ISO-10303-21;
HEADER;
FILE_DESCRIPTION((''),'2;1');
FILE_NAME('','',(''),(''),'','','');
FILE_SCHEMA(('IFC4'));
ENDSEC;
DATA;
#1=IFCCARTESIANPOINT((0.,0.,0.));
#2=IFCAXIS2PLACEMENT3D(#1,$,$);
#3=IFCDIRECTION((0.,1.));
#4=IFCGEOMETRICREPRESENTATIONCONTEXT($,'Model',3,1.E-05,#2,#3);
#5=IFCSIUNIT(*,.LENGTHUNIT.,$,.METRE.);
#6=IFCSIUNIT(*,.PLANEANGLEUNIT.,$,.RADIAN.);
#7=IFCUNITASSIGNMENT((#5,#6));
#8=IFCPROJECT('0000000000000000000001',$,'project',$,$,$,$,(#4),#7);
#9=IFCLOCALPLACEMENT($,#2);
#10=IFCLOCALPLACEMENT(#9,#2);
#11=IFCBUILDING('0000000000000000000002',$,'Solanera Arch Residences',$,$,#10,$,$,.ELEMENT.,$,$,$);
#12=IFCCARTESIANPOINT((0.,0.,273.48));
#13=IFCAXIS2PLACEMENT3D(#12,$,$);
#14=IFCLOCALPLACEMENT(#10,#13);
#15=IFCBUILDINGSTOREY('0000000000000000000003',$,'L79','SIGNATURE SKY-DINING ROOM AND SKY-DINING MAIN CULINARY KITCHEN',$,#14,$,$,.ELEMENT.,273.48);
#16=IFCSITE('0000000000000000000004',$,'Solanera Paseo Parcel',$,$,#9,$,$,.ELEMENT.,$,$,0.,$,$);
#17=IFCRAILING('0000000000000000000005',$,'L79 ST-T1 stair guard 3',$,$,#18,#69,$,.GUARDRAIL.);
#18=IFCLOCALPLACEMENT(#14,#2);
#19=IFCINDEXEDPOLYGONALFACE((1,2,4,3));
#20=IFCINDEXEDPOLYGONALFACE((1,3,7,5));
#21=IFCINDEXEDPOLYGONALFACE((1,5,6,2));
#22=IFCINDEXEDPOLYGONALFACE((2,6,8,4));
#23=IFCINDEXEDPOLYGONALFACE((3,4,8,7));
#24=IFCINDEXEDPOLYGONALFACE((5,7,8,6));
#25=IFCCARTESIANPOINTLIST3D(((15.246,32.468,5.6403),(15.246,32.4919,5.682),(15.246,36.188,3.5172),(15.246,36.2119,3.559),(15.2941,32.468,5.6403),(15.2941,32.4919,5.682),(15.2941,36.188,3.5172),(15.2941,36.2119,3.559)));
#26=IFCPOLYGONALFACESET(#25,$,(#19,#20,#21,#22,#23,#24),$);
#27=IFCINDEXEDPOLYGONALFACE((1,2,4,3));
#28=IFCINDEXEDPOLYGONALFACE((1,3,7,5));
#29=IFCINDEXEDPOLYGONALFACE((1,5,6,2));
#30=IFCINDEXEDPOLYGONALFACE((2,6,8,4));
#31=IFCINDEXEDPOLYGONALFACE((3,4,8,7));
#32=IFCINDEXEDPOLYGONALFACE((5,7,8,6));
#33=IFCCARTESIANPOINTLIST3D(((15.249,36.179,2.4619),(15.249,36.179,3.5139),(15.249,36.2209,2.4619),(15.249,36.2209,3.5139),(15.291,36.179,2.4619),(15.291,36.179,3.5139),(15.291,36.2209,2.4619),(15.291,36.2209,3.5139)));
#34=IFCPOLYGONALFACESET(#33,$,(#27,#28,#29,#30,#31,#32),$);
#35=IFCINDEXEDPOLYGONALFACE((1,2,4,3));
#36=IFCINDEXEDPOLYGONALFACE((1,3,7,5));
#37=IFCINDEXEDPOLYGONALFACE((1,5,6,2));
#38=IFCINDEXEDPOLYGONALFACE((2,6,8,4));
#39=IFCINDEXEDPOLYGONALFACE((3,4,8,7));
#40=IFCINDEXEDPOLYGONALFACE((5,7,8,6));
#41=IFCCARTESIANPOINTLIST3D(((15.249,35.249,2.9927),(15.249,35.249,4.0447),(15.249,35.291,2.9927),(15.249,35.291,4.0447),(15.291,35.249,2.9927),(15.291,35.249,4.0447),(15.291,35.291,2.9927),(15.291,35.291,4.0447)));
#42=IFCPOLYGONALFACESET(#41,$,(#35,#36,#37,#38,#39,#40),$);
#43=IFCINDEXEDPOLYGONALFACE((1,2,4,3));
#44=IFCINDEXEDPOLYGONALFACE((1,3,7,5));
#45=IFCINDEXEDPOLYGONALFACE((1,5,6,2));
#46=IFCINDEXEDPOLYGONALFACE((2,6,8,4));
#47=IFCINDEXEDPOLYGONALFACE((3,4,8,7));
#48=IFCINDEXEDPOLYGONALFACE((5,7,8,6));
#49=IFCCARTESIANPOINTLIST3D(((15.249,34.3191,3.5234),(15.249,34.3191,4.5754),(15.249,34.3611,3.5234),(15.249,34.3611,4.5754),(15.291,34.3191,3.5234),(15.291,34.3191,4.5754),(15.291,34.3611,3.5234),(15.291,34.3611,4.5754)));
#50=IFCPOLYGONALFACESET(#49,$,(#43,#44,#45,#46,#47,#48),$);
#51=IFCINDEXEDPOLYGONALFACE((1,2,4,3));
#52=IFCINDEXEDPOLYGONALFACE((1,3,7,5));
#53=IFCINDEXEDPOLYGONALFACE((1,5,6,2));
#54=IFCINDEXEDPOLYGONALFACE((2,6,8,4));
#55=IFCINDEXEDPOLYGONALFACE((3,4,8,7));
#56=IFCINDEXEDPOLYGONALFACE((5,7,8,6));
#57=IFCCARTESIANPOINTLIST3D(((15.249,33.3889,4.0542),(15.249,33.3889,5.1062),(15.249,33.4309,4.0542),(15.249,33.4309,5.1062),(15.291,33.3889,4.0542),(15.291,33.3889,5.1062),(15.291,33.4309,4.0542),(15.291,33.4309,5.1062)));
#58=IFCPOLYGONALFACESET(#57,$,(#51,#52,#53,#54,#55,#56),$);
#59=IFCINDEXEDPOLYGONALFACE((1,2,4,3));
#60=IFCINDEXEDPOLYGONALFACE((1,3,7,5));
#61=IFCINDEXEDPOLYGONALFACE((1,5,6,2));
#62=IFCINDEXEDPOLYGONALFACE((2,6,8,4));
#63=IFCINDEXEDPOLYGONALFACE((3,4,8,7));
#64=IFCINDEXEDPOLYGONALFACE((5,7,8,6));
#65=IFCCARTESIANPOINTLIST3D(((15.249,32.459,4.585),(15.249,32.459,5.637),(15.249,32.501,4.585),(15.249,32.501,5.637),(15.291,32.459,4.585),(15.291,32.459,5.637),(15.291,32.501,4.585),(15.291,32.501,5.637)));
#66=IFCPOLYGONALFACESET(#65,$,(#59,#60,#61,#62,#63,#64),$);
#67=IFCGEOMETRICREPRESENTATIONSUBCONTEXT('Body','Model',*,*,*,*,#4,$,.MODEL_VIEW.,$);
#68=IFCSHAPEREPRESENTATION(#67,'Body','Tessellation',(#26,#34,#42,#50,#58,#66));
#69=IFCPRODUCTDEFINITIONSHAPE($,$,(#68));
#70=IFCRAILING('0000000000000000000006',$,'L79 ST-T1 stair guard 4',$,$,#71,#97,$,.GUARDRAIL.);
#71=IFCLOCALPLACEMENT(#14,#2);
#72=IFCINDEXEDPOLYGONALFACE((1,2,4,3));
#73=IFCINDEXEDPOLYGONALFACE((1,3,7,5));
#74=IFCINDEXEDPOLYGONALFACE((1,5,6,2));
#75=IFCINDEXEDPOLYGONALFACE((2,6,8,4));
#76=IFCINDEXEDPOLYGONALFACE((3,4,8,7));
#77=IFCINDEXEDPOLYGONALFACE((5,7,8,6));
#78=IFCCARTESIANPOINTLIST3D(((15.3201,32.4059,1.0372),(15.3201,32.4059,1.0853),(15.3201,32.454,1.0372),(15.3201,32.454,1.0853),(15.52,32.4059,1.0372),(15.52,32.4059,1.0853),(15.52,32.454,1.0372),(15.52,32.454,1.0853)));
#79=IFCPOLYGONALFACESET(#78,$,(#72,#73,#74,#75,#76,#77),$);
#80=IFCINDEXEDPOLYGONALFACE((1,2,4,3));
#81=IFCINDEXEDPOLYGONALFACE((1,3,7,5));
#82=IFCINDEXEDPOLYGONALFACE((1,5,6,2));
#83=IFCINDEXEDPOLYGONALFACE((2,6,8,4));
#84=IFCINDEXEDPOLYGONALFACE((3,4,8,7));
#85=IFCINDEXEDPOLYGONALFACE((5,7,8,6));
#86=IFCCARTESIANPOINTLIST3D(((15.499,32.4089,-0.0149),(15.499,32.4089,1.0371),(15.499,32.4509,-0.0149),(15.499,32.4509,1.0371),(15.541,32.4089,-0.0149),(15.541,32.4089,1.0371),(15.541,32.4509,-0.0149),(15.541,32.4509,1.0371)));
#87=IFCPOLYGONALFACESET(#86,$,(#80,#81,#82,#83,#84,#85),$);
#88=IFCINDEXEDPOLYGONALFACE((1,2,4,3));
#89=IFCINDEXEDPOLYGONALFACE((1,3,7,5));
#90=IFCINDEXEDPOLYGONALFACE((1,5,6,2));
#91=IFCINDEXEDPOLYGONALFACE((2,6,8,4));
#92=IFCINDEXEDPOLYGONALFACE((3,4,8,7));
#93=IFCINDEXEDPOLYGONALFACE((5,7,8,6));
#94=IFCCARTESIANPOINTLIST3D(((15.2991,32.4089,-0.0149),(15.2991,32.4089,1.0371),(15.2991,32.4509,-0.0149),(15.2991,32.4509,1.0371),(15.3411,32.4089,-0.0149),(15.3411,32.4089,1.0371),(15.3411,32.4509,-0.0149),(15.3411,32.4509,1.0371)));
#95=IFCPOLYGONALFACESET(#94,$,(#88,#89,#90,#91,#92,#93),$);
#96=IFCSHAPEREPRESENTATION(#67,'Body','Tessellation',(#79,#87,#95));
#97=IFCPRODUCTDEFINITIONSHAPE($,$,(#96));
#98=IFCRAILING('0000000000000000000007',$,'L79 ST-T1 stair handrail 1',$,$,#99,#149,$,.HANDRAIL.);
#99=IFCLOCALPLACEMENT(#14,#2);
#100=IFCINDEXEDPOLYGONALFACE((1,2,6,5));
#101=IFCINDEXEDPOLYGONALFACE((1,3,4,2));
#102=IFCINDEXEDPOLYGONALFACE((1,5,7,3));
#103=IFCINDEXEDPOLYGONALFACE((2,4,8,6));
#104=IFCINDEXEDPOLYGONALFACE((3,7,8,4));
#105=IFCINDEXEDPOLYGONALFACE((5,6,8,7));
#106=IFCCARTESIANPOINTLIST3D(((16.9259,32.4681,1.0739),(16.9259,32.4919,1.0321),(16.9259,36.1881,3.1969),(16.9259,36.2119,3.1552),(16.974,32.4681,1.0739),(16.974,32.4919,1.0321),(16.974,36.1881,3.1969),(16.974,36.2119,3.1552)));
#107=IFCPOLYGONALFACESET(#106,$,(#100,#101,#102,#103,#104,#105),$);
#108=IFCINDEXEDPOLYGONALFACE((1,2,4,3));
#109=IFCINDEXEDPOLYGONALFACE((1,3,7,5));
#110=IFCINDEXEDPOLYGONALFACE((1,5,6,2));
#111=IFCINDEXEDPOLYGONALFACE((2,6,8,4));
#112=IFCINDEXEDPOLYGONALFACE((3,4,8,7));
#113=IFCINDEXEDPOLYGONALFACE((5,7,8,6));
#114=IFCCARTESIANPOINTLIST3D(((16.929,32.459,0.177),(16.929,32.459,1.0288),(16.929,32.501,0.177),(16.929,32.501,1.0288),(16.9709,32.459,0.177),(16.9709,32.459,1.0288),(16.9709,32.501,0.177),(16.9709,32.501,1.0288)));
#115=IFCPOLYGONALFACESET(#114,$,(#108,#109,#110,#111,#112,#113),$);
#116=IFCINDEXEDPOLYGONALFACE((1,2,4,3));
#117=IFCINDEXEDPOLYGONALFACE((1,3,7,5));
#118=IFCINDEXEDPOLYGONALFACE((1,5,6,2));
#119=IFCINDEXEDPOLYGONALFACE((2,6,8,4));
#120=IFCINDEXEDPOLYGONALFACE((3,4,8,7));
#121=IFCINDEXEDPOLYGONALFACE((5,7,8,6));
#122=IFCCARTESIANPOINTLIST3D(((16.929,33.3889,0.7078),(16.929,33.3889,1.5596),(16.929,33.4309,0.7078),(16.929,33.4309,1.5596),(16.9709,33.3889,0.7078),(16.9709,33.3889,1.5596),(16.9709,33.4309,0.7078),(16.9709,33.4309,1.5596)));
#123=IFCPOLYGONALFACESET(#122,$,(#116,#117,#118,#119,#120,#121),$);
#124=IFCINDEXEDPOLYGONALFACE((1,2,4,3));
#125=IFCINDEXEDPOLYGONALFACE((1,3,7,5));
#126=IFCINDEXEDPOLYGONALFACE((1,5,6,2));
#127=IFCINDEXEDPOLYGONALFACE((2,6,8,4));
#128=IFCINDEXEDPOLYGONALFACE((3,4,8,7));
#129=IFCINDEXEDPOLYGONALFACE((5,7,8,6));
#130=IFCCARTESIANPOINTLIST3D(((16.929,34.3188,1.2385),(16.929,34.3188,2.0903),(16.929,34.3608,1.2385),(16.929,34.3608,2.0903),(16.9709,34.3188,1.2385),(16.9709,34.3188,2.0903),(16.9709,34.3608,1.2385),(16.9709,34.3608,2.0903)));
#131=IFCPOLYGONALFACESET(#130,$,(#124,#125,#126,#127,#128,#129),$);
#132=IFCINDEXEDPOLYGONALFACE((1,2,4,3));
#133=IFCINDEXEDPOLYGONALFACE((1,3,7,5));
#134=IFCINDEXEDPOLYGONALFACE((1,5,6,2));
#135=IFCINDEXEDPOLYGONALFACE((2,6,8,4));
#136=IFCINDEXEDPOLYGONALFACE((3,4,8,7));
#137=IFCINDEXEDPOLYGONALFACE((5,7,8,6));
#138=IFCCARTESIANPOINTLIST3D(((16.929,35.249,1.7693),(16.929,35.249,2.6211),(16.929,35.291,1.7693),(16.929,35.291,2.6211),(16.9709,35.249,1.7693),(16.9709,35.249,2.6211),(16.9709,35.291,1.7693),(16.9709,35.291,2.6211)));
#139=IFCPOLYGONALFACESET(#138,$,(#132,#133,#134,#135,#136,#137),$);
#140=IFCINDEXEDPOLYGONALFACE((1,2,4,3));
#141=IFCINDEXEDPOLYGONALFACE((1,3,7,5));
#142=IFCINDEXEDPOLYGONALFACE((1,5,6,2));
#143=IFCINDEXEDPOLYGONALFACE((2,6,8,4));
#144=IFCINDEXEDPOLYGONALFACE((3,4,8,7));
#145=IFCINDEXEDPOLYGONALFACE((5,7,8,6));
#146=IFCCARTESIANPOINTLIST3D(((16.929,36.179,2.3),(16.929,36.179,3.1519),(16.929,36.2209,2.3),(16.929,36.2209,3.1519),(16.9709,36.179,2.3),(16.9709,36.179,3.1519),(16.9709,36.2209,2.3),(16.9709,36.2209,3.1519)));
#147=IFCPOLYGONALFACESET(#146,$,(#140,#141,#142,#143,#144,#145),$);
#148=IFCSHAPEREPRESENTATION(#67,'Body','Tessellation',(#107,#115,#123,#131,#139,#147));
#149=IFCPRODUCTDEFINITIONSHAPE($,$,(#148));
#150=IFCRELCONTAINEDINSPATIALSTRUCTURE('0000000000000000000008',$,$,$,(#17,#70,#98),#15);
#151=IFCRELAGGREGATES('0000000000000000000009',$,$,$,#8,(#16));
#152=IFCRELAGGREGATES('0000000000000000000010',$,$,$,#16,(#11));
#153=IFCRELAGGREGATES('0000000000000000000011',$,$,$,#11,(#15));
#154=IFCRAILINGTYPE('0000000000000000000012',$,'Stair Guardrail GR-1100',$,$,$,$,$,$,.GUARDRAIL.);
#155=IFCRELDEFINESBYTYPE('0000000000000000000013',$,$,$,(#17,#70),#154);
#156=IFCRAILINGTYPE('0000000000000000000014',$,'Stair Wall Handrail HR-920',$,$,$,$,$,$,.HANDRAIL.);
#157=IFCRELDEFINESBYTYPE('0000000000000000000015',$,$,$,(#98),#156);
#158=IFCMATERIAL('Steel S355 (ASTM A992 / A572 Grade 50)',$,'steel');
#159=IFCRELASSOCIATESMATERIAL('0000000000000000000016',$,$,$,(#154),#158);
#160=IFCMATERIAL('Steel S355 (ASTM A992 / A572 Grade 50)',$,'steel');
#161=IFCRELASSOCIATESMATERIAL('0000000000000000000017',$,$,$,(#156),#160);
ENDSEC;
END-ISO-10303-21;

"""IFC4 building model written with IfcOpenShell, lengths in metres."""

from ifc_helpers import new_model, si_unit, direction, frame, origin, origin_2d, place, context, subcontext, project, spatial, rectangle, extrude, material, type_object, element, save


model = new_model("IFC4")

# Units and contexts
model_context = context("Model", 3, precision=1e-05, world=origin(), true_north=direction((0.0, 1.0)))
body_context = subcontext(model_context, "Body", "Model", "MODEL_VIEW")
ifc_project = project(units=[si_unit("LENGTHUNIT", "METRE"), si_unit("PLANEANGLEUNIT", "RADIAN")], contexts=[model_context])

# Site, building, storey
site_placement = place(None, origin())
site = spatial("IfcSite", under=ifc_project, at=site_placement, Name="Solanera Paseo Parcel", CompositionType="ELEMENT", RefElevation=0.0)
building_placement = place(site_placement, origin())
building = spatial("IfcBuilding", under=site, at=building_placement, Name="Solanera Arch Residences", CompositionType="ELEMENT")
storey_placement = place(building_placement, frame((0.0, 0.0, 273.48)))
storey = spatial("IfcBuildingStorey", under=building, at=storey_placement, Name="L79", Description="SIGNATURE SKY-DINING ROOM AND SKY-DINING MAIN CULINARY KITCHEN", CompositionType="ELEMENT", Elevation=273.48)

# Railings
ifc_material_1 = material(Name="Steel S355 (ASTM A992 / A572 Grade 50)", Category="steel")
railing_type_1 = type_object("IfcRailingType", Name="Stair Guardrail GR-1100", PredefinedType="GUARDRAIL", material=ifc_material_1)
railing_1_placement = place(storey_placement, frame((15.27, 36.2, 2.4619)))
element("IfcRailing", 1, at=railing_1_placement, inside=storey, type_object=railing_type_1, Name="L79 ST-T1 stair guard 3", PredefinedType="GUARDRAIL", context=body_context, shape_type="SweptSolid", body=[
    extrude(rectangle(XDim=0.0481, YDim=0.0481, at=origin_2d()), frame((0.0, 0.0, 1.0762), z_axis=(0.0, -0.86851, 0.495672), x_axis=(1.0, 0.0, 0.0)), (0.0, 0.0, 1.0), 4.2832),
    extrude(rectangle(XDim=0.042, YDim=0.042, at=origin_2d()), origin(), (0.0, 0.0, 1.0), 1.052),
    extrude(rectangle(XDim=0.042, YDim=0.042, at=origin_2d()), frame((0.0, -0.9299, 0.5308)), (0.0, 0.0, 1.0), 1.052),
    extrude(rectangle(XDim=0.042, YDim=0.042, at=origin_2d()), frame((0.0, -1.8599, 1.0615)), (0.0, 0.0, 1.0), 1.052),
    extrude(rectangle(XDim=0.042, YDim=0.042, at=origin_2d()), frame((0.0, -2.79, 1.5923)), (0.0, 0.0, 1.0), 1.052),
    extrude(rectangle(XDim=0.042, YDim=0.042, at=origin_2d()), frame((0.0, -3.72, 2.123)), (0.0, 0.0, 1.0), 1.052),
])
railing_2_placement = place(storey_placement, frame((15.52, 32.4299, -0.0149)))
element("IfcRailing", 2, at=railing_2_placement, inside=storey, type_object=railing_type_1, Name="L79 ST-T1 stair guard 4", PredefinedType="GUARDRAIL", context=body_context, shape_type="SweptSolid", body=[
    extrude(rectangle(XDim=0.0481, YDim=0.0481, at=origin_2d()), frame((0.0, 0.0, 1.0762), z_axis=(-1.0, 0.0, 0.0), x_axis=(0.0, -1.0, 0.0)), (0.0, 0.0, 1.0), 0.2),
    extrude(rectangle(XDim=0.042, YDim=0.042, at=origin_2d()), origin(), (0.0, 0.0, 1.0), 1.052),
    extrude(rectangle(XDim=0.042, YDim=0.042, at=origin_2d()), frame((-0.2, 0.0, 0.0)), (0.0, 0.0, 1.0), 1.052),
])
ifc_material_2 = material(Name="Steel S355 (ASTM A992 / A572 Grade 50)", Category="steel")
railing_type_2 = type_object("IfcRailingType", Name="Stair Wall Handrail HR-920", PredefinedType="HANDRAIL", material=ifc_material_2)
railing_3_placement = place(storey_placement, frame((16.95, 32.48, 0.177)))
element("IfcRailing", 3, at=railing_3_placement, inside=storey, type_object=railing_type_2, Name="L79 ST-T1 stair handrail 1", PredefinedType="HANDRAIL", context=body_context, shape_type="SweptSolid", body=[
    extrude(rectangle(XDim=0.0481, YDim=0.0481, at=origin_2d()), frame((0.0, 0.0, 0.876), z_axis=(0.0, 0.86851, 0.495672), x_axis=(-1.0, 0.0, 0.0)), (0.0, 0.0, 1.0), 4.2832),
    extrude(rectangle(XDim=0.042, YDim=0.042, at=origin_2d()), origin(), (0.0, 0.0, 1.0), 0.8518),
    extrude(rectangle(XDim=0.042, YDim=0.042, at=origin_2d()), frame((0.0, 0.9299, 0.5308)), (0.0, 0.0, 1.0), 0.8518),
    extrude(rectangle(XDim=0.042, YDim=0.042, at=origin_2d()), frame((0.0, 1.8599, 1.0615)), (0.0, 0.0, 1.0), 0.8518),
    extrude(rectangle(XDim=0.042, YDim=0.042, at=origin_2d()), frame((0.0, 2.79, 1.5923)), (0.0, 0.0, 1.0), 0.8518),
    extrude(rectangle(XDim=0.042, YDim=0.042, at=origin_2d()), frame((0.0, 3.72, 2.123)), (0.0, 0.0, 1.0), 0.8518),
])

save(model, "model.ifc")
